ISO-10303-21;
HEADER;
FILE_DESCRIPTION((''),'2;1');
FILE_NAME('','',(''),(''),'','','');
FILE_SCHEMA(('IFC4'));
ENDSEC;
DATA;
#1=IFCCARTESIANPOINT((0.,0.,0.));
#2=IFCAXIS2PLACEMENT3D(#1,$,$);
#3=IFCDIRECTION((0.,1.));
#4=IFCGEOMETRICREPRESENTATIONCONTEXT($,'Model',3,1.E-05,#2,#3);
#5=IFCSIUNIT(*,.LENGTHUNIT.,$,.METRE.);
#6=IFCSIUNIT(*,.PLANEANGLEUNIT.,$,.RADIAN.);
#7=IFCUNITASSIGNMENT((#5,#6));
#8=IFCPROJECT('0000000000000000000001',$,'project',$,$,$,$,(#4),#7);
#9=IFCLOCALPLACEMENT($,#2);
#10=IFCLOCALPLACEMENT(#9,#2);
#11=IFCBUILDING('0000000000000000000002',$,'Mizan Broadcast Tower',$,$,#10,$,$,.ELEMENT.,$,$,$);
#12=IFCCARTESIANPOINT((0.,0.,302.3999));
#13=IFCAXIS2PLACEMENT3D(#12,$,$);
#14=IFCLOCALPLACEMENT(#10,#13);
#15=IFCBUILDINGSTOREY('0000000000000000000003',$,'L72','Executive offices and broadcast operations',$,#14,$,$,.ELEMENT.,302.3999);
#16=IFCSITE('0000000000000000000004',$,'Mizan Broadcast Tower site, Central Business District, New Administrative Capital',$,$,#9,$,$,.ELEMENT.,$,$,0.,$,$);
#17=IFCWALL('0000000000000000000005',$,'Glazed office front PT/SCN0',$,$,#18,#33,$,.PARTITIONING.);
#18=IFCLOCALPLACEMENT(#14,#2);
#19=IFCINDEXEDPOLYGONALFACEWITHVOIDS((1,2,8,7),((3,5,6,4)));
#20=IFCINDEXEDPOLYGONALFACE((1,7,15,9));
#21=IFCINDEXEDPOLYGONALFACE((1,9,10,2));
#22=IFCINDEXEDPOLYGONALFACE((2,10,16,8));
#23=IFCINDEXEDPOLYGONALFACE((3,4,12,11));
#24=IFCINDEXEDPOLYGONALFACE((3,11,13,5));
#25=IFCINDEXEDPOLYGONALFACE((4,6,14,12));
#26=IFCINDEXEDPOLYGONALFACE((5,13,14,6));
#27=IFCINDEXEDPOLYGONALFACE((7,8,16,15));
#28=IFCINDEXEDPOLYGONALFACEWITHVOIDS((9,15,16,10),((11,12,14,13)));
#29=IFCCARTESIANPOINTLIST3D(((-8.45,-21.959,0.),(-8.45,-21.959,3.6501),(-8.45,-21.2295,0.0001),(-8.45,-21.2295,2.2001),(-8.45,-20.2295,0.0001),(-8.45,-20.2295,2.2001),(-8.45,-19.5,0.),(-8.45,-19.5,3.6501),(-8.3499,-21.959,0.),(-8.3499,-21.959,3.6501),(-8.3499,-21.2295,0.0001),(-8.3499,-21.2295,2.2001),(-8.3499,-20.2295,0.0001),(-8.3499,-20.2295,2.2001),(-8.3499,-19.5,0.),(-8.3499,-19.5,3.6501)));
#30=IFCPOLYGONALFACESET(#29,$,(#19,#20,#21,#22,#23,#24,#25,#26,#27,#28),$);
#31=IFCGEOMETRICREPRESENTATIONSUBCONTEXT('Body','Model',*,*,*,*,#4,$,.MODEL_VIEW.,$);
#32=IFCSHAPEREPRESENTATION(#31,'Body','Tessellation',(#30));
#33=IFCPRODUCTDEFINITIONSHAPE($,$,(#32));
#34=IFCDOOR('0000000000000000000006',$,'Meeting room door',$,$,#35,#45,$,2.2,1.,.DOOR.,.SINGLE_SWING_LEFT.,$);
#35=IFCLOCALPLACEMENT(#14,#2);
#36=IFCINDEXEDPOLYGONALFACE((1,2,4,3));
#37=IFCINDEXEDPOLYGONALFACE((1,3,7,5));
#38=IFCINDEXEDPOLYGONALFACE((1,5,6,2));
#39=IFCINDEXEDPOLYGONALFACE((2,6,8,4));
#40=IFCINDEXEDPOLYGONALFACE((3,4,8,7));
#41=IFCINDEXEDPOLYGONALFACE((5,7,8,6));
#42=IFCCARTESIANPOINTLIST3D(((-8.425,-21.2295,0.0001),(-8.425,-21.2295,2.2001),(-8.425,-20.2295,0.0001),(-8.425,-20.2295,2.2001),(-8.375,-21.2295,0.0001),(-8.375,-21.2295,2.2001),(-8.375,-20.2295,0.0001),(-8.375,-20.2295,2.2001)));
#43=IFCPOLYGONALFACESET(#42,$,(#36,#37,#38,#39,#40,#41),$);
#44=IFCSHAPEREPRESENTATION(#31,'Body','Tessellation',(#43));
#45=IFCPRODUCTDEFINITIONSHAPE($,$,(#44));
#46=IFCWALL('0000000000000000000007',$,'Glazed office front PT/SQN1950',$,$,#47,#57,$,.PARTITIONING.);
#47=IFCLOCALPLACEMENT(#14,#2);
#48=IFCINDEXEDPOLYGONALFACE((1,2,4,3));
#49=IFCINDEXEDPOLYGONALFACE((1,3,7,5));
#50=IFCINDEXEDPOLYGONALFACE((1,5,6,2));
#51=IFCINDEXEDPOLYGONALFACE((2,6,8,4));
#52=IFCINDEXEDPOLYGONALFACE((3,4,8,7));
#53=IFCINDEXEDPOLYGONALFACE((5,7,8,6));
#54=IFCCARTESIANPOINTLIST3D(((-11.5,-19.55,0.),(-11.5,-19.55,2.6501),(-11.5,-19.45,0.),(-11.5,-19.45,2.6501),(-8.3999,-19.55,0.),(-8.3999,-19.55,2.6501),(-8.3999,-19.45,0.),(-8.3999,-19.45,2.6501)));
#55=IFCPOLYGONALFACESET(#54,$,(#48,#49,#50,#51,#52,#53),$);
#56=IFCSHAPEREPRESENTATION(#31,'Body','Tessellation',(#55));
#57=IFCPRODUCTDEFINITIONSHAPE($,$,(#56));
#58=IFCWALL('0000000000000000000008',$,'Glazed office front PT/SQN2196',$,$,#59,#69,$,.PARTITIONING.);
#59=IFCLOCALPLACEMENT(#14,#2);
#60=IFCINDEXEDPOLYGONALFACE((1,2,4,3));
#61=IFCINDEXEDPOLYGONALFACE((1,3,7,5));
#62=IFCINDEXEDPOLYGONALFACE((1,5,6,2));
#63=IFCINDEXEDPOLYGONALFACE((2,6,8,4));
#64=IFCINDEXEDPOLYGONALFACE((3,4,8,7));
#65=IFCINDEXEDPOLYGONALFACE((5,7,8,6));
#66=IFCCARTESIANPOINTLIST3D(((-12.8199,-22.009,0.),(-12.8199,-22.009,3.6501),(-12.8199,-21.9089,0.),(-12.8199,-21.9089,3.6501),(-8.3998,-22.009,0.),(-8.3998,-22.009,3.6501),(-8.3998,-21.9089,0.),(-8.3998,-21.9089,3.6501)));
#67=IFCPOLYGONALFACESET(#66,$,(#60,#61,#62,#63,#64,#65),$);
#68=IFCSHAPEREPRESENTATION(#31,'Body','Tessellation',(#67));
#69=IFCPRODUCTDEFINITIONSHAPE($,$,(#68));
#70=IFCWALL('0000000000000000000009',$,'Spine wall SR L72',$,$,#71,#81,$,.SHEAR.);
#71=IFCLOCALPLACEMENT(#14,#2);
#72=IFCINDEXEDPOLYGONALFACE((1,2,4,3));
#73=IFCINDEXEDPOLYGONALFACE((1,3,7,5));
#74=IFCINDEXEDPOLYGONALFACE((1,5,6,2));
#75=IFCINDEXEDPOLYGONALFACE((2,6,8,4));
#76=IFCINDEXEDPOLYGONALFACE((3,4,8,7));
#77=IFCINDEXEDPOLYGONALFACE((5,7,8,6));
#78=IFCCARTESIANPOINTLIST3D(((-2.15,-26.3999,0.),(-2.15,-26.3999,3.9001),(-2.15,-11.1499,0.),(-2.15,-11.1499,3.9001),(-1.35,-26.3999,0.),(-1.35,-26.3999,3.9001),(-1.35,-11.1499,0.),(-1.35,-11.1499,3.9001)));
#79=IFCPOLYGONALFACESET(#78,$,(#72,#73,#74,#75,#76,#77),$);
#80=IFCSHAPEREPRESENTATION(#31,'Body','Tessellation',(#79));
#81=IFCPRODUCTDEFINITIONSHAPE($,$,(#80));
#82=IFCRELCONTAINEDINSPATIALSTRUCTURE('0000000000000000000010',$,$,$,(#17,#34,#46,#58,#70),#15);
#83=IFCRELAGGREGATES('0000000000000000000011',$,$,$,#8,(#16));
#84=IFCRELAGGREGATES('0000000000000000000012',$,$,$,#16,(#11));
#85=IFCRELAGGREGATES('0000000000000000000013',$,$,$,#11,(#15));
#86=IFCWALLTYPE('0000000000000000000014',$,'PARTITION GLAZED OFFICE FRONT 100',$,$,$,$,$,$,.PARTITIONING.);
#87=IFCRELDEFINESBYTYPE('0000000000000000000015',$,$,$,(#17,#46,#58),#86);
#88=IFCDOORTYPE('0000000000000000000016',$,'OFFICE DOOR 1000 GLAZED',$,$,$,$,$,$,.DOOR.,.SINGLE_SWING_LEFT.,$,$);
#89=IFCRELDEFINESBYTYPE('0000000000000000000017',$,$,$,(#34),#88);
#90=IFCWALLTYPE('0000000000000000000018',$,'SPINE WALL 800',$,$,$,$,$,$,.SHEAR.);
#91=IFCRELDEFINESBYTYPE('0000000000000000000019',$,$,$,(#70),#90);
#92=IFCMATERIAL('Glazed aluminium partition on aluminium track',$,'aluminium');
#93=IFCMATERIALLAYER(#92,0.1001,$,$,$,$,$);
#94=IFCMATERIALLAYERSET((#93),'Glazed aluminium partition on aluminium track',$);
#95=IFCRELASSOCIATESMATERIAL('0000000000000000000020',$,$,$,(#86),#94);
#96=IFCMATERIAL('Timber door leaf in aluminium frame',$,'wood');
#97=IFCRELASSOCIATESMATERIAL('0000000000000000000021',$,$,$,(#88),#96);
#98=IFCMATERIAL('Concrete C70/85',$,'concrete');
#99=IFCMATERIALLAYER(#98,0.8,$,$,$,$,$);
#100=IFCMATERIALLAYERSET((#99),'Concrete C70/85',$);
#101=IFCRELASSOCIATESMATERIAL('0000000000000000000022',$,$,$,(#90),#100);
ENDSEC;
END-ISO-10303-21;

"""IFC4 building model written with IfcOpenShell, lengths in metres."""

from ifc_helpers import new_model, si_unit, direction, frame, frame_2d, origin, place, context, subcontext, project, spatial, rectangle, extrude, material, layer, layer_set, type_object, element, fill, save


model = new_model("IFC4")

# Units and contexts
model_context = context("Model", 3, precision=1e-05, world=origin(), true_north=direction((0.0, 1.0)))
body_context = subcontext(model_context, "Body", "Model", "MODEL_VIEW")
ifc_project = project(units=[si_unit("LENGTHUNIT", "METRE"), si_unit("PLANEANGLEUNIT", "RADIAN")], contexts=[model_context])

# Site, building, storey
site_placement = place(None, origin())
site = spatial("IfcSite", under=ifc_project, at=site_placement, Name="Mizan Broadcast Tower site, Central Business District, New Administrative Capital", CompositionType="ELEMENT", RefElevation=0.0)
building_placement = place(site_placement, origin())
building = spatial("IfcBuilding", under=site, at=building_placement, Name="Mizan Broadcast Tower", CompositionType="ELEMENT")
storey_placement = place(building_placement, frame((0.0, 0.0, 302.3999)))
storey = spatial("IfcBuildingStorey", under=building, at=storey_placement, Name="L72", Description="Executive offices and broadcast operations", CompositionType="ELEMENT", Elevation=302.3999)

# Wall, opening, door
ifc_material_1 = material(Name="Glazed aluminium partition on aluminium track", Category="aluminium")
ifc_layer_1 = layer(ifc_material_1, 0.1001)
ifc_layer_set_1 = layer_set([ifc_layer_1], Name="Glazed aluminium partition on aluminium track")
wall_type_1 = type_object("IfcWallType", Name="PARTITION GLAZED OFFICE FRONT 100", PredefinedType="PARTITIONING", material=ifc_layer_set_1)
wall_1_placement = place(storey_placement, frame((-8.3999, -19.5, 0.0), z_axis=(0.0, 0.0, 1.0), x_axis=(0.0, -1.0, 0.0)))
wall_1 = element("IfcWall", 1, at=wall_1_placement, inside=storey, type_object=wall_type_1, Name="Glazed office front PT/SCN0", PredefinedType="PARTITIONING", context=body_context, shape_type="SweptSolid", body=[
    extrude(rectangle(XDim=2.459, YDim=0.1001, at=frame_2d((1.2295, 0.0))), origin(), (0.0, 0.0, 1.0), 3.6501),
])
opening_1_placement = place(wall_1_placement, frame((0.7295, 0.0, 0.0)))
opening_1 = element("IfcOpeningElement", 2, at=opening_1_placement, cuts=wall_1, PredefinedType="OPENING", context=body_context, shape_type="SweptSolid", body=[
    extrude(rectangle(XDim=1.0, YDim=2.2, at=frame_2d((0.5, 1.1001))), frame((0.0, 0.0601, 0.0), z_axis=(0.0, -1.0, 0.0), x_axis=(1.0, 0.0, 0.0)), (0.0, 0.0, 1.0), 0.1201),
])
ifc_material_2 = material(Name="Timber door leaf in aluminium frame", Category="wood")
door_type_1 = type_object("IfcDoorType", Name="OFFICE DOOR 1000 GLAZED", OperationType="SINGLE_SWING_LEFT", PredefinedType="DOOR", material=ifc_material_2)
door_1_placement = place(opening_1_placement, origin())
door_1 = element("IfcDoor", 3, at=door_1_placement, inside=storey, type_object=door_type_1, Name="Meeting room door", OperationType="SINGLE_SWING_LEFT", OverallHeight=2.2, OverallWidth=1.0, PredefinedType="DOOR", context=body_context, shape_type="SweptSolid", body=[
    extrude(rectangle(XDim=1.0, YDim=2.2, at=frame_2d((0.5, 1.1001))), frame((0.0, 0.0249, 0.0), z_axis=(0.0, -1.0, 0.0), x_axis=(1.0, 0.0, 0.0)), (0.0, 0.0, 1.0), 0.05),
])
fill(opening_1, door_1)

# Walls
wall_2_placement = place(storey_placement, frame((-8.3999, -19.5, 0.0), z_axis=(0.0, 0.0, 1.0), x_axis=(-1.0, 0.0, 0.0)))
element("IfcWall", 4, at=wall_2_placement, inside=storey, type_object=wall_type_1, Name="Glazed office front PT/SQN1950", PredefinedType="PARTITIONING", context=body_context, shape_type="SweptSolid", body=[
    extrude(rectangle(XDim=3.1001, YDim=0.1001, at=frame_2d((1.55, 0.0))), origin(), (0.0, 0.0, 1.0), 2.6501),
])
wall_3_placement = place(storey_placement, frame((-8.3999, -21.959, 0.0), z_axis=(0.0, 0.0, 1.0), x_axis=(-1.0, 0.0, 0.0)))
element("IfcWall", 5, at=wall_3_placement, inside=storey, type_object=wall_type_1, Name="Glazed office front PT/SQN2196", PredefinedType="PARTITIONING", context=body_context, shape_type="SweptSolid", body=[
    extrude(rectangle(XDim=4.4202, YDim=0.1001, at=frame_2d((2.21, 0.0))), origin(), (0.0, 0.0, 1.0), 3.6501),
])
ifc_material_3 = material(Name="Concrete C70/85", Category="concrete")
ifc_layer_2 = layer(ifc_material_3, 0.8)
ifc_layer_set_2 = layer_set([ifc_layer_2], Name="Concrete C70/85")
wall_type_2 = type_object("IfcWallType", Name="SPINE WALL 800", PredefinedType="SHEAR", material=ifc_layer_set_2)
wall_4_placement = place(storey_placement, frame((-1.75, -11.1499, 0.0), z_axis=(0.0, 0.0, 1.0), x_axis=(0.0, -1.0, 0.0)))
element("IfcWall", 6, at=wall_4_placement, inside=storey, type_object=wall_type_2, Name="Spine wall SR L72", PredefinedType="SHEAR", context=body_context, shape_type="SweptSolid", body=[
    extrude(rectangle(XDim=15.25, YDim=0.8, at=frame_2d((7.625, 0.0))), origin(), (0.0, 0.0, 1.0), 3.9001),
])

save(model, "model.ifc")
